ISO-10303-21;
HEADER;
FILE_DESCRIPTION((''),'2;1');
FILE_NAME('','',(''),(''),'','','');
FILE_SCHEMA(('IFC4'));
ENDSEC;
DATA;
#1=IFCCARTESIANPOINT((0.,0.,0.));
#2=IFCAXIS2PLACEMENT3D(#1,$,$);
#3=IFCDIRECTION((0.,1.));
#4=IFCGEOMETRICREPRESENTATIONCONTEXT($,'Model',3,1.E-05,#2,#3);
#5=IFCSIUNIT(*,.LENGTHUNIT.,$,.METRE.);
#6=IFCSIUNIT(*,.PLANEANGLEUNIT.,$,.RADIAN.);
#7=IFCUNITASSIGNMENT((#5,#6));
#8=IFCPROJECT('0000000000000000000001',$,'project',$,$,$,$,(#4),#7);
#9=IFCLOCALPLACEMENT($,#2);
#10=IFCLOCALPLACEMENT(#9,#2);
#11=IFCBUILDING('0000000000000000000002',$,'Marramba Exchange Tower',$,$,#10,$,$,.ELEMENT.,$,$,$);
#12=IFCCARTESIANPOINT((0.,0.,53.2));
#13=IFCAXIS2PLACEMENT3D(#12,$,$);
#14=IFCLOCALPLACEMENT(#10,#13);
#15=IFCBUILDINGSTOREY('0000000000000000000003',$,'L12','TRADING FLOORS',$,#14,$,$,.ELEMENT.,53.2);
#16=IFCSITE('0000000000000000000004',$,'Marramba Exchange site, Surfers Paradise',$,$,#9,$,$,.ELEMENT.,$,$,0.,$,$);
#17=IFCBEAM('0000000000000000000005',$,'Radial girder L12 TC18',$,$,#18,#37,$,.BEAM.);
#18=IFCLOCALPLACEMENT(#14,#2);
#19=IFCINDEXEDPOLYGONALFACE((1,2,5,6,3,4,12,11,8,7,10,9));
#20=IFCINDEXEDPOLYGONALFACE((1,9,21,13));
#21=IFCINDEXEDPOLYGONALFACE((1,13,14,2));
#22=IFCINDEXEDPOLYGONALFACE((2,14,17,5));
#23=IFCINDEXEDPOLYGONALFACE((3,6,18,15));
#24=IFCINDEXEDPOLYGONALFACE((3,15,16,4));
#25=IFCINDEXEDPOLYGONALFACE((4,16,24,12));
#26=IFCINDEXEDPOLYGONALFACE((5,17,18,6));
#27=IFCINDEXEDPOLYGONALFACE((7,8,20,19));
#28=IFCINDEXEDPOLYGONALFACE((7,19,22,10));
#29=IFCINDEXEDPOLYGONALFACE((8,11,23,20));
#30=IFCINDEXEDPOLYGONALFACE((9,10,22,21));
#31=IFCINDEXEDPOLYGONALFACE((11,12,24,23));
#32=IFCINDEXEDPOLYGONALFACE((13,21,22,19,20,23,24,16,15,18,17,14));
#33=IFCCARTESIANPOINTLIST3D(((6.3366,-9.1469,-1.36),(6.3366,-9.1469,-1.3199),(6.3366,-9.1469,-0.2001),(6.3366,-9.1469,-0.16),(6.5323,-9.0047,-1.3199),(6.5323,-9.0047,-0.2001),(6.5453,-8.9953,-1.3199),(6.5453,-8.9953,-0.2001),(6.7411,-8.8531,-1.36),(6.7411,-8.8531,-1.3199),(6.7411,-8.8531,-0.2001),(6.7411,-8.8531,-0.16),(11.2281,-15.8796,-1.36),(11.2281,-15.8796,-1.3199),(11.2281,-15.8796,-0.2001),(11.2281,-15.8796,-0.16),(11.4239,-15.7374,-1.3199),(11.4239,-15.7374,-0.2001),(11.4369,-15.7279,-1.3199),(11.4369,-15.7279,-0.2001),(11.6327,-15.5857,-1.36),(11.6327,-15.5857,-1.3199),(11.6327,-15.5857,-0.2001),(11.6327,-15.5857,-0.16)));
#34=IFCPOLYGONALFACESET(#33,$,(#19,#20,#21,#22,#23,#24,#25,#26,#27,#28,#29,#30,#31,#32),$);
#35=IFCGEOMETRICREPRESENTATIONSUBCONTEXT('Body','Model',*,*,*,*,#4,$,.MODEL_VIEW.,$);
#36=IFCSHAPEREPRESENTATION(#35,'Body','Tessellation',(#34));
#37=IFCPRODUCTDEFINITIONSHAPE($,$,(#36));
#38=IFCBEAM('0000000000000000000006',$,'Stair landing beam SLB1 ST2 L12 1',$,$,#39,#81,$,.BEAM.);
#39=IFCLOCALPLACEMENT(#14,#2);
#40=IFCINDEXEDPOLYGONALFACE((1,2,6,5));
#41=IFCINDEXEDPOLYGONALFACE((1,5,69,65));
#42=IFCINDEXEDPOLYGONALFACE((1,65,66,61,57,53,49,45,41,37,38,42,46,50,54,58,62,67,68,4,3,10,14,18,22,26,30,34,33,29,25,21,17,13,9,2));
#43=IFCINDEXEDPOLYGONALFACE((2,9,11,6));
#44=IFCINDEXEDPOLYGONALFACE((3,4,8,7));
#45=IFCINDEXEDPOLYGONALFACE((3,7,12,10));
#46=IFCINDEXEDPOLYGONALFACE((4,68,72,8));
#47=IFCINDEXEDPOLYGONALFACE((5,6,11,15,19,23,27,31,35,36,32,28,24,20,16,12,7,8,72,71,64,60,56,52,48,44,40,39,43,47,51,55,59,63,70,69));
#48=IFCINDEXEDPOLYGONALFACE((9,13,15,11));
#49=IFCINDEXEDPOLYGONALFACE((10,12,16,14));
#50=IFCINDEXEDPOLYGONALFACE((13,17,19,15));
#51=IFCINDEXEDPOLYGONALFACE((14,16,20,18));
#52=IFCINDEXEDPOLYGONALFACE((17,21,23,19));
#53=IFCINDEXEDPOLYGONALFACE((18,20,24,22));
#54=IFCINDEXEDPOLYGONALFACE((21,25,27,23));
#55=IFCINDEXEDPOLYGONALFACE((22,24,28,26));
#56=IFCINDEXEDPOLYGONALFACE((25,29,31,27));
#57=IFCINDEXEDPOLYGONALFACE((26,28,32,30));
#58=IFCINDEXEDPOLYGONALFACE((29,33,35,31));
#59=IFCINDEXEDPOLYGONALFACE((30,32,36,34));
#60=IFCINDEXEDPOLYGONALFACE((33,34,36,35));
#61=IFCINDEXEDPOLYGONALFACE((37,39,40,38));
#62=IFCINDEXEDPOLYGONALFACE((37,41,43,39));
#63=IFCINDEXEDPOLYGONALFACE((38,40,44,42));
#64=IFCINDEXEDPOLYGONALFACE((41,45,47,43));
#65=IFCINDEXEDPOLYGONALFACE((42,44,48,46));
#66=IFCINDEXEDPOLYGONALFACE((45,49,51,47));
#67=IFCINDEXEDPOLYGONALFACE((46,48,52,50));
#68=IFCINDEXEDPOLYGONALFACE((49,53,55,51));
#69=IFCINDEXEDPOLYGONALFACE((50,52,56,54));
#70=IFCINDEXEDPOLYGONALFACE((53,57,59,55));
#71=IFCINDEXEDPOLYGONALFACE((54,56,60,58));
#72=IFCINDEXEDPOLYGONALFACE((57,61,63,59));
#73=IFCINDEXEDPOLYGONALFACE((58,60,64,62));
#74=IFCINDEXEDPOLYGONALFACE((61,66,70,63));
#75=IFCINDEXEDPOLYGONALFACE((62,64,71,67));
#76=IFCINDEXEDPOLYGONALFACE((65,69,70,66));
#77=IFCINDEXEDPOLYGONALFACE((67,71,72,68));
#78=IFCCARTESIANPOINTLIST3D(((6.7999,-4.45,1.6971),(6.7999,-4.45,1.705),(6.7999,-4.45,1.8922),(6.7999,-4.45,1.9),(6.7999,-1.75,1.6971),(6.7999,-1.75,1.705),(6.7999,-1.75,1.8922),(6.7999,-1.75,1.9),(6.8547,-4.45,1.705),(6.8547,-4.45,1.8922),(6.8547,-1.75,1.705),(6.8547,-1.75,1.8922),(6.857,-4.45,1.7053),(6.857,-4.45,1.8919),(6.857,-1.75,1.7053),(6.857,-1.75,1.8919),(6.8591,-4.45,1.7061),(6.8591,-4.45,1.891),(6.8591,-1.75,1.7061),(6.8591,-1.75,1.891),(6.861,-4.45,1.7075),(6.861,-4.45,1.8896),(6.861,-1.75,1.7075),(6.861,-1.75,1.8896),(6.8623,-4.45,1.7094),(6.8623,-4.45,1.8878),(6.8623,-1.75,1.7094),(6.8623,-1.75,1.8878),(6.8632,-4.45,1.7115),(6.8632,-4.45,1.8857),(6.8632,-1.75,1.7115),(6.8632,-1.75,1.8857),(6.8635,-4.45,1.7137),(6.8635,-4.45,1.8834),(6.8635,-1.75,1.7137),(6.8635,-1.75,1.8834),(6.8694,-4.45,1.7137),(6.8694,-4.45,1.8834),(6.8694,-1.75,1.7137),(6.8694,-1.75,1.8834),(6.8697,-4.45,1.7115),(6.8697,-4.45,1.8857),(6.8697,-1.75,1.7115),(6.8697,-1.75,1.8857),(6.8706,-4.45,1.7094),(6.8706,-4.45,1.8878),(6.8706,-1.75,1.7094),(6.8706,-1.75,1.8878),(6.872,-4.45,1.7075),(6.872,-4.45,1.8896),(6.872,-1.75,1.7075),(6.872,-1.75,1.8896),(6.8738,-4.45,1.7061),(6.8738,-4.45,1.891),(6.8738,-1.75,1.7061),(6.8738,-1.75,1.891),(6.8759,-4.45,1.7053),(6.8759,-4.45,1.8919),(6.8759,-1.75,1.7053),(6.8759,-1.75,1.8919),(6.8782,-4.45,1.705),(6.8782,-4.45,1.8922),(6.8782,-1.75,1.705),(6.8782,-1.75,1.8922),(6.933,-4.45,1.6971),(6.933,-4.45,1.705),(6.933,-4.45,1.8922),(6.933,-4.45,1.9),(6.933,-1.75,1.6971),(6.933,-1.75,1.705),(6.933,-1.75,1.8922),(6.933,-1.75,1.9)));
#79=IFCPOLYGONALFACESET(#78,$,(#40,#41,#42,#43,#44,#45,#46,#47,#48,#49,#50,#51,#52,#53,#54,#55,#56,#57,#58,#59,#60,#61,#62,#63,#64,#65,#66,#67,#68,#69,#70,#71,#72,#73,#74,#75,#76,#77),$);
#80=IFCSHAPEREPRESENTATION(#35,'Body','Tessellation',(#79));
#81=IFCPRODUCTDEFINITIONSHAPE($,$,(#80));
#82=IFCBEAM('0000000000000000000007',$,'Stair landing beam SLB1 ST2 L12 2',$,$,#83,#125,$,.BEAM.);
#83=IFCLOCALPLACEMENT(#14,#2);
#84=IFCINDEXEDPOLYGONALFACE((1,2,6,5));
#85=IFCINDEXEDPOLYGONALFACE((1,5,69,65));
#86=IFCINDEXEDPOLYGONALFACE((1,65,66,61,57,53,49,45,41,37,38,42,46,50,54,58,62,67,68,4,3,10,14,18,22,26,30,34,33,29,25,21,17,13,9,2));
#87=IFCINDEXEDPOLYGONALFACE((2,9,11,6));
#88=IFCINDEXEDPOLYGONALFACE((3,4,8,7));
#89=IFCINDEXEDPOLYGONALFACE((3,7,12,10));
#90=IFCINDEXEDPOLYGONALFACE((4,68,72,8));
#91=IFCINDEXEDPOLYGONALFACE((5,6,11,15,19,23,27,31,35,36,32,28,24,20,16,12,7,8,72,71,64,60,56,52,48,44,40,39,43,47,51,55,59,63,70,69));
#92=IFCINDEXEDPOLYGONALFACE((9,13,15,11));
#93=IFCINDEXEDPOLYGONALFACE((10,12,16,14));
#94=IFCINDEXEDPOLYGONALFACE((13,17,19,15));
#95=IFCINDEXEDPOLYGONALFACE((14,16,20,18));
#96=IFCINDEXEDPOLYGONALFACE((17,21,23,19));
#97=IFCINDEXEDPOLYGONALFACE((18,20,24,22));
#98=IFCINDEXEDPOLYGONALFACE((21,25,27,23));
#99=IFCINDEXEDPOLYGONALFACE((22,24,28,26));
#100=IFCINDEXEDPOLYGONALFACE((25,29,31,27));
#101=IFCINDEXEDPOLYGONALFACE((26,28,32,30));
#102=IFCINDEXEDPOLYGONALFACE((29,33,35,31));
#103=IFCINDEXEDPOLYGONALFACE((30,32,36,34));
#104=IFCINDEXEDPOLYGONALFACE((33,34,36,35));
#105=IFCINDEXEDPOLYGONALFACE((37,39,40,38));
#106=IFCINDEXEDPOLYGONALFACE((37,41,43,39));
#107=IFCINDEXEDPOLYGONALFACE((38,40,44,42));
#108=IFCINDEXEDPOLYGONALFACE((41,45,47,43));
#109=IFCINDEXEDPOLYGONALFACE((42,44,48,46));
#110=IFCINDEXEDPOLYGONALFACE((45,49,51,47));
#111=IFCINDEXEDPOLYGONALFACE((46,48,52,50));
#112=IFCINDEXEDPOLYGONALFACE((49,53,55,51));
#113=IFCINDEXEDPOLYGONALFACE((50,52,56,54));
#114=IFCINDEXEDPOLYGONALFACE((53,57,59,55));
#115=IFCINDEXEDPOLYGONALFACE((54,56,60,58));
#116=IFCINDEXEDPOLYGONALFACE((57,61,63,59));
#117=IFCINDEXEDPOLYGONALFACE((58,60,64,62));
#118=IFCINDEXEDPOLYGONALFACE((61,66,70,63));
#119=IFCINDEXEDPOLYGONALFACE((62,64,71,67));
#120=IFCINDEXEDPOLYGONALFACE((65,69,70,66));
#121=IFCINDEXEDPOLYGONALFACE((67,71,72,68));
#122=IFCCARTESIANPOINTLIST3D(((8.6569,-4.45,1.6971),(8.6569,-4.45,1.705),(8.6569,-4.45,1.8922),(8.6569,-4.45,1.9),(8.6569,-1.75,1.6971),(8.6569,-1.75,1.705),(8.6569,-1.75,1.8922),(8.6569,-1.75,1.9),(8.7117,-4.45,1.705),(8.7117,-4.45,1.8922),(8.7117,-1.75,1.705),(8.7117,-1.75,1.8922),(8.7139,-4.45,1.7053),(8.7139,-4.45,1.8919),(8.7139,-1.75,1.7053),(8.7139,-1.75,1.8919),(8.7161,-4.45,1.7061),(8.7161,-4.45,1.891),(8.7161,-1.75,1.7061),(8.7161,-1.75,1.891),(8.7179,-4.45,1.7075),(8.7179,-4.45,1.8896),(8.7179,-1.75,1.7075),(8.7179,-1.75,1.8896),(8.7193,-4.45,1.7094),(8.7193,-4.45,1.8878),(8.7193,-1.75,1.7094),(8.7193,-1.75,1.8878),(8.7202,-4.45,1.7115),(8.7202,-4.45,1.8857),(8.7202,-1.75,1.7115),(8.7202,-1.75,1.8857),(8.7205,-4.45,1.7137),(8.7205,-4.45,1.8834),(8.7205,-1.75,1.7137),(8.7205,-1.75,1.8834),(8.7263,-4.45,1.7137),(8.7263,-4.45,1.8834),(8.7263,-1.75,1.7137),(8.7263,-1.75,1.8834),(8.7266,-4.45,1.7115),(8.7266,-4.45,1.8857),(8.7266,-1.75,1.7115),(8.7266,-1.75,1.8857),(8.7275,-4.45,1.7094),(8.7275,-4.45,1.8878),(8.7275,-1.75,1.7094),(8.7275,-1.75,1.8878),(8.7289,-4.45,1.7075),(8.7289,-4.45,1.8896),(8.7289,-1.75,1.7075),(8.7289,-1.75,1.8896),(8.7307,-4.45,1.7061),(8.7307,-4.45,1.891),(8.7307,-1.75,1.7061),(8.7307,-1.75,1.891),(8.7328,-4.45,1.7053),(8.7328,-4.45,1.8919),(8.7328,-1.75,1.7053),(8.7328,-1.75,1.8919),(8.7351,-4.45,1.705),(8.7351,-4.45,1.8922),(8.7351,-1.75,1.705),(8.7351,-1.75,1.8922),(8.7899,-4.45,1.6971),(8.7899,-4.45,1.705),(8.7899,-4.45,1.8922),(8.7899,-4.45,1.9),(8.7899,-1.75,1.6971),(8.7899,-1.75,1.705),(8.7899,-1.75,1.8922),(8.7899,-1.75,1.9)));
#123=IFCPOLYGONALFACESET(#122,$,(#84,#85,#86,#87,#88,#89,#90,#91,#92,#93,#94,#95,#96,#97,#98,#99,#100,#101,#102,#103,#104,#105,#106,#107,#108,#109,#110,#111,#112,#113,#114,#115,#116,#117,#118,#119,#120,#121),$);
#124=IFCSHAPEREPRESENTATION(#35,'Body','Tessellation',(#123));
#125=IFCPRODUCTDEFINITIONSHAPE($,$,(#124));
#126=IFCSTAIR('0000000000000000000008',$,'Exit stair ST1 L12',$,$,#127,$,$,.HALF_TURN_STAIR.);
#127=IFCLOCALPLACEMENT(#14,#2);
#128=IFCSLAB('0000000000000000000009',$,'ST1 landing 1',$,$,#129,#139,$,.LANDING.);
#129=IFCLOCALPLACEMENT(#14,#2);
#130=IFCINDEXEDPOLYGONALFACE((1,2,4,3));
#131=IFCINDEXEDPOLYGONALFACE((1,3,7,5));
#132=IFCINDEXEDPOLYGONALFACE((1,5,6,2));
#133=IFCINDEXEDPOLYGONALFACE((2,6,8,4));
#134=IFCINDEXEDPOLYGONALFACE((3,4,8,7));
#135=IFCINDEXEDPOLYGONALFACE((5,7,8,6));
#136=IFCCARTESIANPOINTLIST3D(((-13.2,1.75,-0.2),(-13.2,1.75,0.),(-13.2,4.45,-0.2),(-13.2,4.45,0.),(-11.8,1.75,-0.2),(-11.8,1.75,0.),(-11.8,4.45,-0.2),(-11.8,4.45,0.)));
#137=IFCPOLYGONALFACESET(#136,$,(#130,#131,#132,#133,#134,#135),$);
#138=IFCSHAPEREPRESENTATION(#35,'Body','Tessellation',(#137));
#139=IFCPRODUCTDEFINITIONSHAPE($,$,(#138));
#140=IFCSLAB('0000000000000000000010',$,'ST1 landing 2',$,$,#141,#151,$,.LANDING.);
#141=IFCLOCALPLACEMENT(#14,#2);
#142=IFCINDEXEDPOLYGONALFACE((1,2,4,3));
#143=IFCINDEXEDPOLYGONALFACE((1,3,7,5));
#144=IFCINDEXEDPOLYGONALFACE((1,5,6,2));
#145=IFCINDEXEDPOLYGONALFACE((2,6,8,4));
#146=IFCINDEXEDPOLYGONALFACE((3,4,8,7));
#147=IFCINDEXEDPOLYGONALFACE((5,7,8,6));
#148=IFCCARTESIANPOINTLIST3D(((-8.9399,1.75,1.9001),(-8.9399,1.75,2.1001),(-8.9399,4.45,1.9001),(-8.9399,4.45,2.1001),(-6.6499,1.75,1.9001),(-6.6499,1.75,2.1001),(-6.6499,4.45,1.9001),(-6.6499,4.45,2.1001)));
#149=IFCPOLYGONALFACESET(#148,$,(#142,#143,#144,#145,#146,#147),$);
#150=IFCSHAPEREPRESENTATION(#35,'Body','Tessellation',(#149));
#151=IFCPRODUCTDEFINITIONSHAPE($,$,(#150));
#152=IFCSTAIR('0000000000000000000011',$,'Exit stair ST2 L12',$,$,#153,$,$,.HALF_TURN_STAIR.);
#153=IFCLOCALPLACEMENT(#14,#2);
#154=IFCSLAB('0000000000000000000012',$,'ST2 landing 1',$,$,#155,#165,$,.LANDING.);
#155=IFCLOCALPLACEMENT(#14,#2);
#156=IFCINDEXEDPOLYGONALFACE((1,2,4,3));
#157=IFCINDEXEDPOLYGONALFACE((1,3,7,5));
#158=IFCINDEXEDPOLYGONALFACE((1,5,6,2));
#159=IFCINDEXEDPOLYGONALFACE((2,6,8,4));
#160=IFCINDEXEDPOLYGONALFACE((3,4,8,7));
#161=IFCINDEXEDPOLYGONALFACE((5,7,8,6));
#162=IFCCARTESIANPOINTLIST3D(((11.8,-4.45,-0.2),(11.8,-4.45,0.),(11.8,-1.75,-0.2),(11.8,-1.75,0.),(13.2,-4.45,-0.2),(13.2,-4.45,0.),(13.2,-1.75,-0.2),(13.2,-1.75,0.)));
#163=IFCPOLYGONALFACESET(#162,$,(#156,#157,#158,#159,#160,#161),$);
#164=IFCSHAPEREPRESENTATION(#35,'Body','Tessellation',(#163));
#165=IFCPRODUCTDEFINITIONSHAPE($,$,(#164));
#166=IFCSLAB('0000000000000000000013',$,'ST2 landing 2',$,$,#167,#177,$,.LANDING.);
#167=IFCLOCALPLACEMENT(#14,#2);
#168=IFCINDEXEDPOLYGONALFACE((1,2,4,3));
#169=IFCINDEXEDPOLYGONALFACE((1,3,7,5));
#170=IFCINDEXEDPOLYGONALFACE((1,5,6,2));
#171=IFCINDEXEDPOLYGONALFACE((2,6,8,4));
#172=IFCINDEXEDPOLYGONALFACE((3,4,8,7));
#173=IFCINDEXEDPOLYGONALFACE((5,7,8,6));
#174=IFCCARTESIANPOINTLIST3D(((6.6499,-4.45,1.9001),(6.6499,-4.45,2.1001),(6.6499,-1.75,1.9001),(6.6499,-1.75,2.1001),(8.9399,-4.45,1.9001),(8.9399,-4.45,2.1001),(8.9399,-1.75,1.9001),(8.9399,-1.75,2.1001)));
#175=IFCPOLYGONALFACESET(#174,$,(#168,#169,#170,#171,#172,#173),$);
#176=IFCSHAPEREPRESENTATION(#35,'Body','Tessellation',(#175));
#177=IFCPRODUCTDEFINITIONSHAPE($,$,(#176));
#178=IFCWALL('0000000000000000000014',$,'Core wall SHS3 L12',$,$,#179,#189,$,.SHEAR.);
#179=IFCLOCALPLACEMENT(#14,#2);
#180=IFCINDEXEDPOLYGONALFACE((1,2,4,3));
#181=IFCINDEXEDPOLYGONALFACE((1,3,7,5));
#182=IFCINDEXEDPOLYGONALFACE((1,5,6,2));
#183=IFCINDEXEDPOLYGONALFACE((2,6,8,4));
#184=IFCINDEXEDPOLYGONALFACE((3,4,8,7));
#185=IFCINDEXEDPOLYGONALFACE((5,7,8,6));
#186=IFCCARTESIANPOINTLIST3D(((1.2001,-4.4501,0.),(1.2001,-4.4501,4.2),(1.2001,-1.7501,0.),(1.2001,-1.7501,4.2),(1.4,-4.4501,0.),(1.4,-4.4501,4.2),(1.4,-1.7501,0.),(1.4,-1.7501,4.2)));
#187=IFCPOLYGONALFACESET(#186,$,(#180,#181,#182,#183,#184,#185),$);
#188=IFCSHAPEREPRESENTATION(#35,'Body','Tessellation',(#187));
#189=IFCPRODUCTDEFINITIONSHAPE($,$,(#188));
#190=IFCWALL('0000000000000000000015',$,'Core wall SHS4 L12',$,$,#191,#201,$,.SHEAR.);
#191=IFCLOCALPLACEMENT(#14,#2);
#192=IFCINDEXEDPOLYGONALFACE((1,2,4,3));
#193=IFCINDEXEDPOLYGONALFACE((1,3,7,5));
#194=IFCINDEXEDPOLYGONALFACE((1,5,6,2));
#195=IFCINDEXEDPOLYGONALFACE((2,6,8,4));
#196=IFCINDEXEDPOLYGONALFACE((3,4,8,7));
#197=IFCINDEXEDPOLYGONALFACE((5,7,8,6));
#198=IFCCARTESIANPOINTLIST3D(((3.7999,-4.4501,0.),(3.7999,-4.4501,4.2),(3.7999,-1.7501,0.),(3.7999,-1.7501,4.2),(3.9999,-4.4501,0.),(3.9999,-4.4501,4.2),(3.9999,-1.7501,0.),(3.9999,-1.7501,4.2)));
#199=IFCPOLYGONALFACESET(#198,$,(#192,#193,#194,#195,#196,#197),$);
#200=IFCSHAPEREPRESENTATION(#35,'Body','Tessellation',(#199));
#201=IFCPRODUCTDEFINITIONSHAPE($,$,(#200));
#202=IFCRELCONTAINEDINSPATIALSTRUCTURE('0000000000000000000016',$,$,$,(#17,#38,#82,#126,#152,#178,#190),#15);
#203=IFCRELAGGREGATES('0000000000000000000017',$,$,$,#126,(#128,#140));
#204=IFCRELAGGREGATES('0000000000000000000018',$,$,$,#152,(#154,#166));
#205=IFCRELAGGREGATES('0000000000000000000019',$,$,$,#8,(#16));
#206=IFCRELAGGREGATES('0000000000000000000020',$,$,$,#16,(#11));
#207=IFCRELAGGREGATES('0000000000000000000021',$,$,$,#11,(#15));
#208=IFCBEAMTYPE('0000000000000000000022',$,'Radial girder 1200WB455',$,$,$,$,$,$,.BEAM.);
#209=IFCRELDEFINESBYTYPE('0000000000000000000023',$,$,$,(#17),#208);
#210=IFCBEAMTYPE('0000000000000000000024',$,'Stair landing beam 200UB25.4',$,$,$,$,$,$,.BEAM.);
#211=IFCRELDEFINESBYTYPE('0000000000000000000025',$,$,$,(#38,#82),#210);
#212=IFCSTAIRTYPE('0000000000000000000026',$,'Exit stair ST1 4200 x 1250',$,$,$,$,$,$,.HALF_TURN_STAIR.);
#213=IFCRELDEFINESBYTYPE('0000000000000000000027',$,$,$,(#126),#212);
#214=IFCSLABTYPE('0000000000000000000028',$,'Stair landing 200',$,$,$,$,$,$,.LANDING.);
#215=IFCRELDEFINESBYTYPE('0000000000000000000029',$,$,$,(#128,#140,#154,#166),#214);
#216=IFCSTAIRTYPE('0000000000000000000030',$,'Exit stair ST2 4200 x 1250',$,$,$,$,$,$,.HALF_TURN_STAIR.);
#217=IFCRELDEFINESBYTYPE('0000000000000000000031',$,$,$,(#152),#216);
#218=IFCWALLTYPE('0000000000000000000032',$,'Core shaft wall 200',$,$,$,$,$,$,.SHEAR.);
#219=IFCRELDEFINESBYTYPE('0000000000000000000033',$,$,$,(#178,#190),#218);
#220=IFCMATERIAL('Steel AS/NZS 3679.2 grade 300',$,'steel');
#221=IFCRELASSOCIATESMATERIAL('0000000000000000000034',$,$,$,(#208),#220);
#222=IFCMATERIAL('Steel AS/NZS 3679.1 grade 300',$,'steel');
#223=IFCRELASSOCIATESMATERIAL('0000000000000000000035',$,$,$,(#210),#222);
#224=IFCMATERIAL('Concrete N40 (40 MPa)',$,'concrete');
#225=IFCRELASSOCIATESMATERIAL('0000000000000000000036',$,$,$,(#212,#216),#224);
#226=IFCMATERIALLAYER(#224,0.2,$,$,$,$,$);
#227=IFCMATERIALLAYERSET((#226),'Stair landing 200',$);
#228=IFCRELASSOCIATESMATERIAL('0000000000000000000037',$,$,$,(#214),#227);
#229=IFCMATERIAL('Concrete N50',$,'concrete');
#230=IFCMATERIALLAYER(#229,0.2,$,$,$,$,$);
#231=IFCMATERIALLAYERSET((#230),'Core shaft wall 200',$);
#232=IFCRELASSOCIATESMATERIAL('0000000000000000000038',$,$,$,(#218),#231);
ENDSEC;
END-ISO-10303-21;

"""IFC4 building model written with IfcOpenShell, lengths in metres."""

from ifc_helpers import new_model, si_unit, direction, frame, frame_2d, origin, origin_2d, place, context, subcontext, project, spatial, polyline, rectangle, i_section, outline, extrude, material, layer, layer_set, material_profile, profile_set, type_object, element, aggregate, save


model = new_model("IFC4")

# Units and contexts
model_context = context("Model", 3, precision=1e-05, world=origin(), true_north=direction((0.0, 1.0)))
body_context = subcontext(model_context, "Body", "Model", "MODEL_VIEW")
ifc_project = project(units=[si_unit("LENGTHUNIT", "METRE"), si_unit("PLANEANGLEUNIT", "RADIAN")], contexts=[model_context])

# Site, building, storey
site_placement = place(None, origin())
site = spatial("IfcSite", under=ifc_project, at=site_placement, Name="Marramba Exchange site, Surfers Paradise", CompositionType="ELEMENT", RefElevation=0.0)
building_placement = place(site_placement, origin())
building = spatial("IfcBuilding", under=site, at=building_placement, Name="Marramba Exchange Tower", CompositionType="ELEMENT")
storey_placement = place(building_placement, frame((0.0, 0.0, 53.2)))
storey = spatial("IfcBuildingStorey", under=building, at=storey_placement, Name="L12", Description="TRADING FLOORS", CompositionType="ELEMENT", Elevation=53.2)

# Beams
ifc_material_1 = material(Name="Steel AS/NZS 3679.2 grade 300", Category="steel")
ifc_material_profile_1 = material_profile(ifc_material_1, i_section(OverallWidth=0.5, OverallDepth=1.2, WebThickness=0.0161, FlangeThickness=0.04, at=origin_2d()), Name="1200WB455")
ifc_profile_set_1 = profile_set([ifc_material_profile_1], Name="Steel AS/NZS 3679.2 grade 300")
beam_type_1 = type_object("IfcBeamType", Name="Radial girder 1200WB455", PredefinedType="BEAM", material=ifc_profile_set_1)
beam_placement = place(storey_placement, frame((6.5388, -9.0, -0.76), z_axis=(0.587788, -0.809015, 0.0), x_axis=(0.809015, 0.587788, 0.0)))
element("IfcBeam", 1, at=beam_placement, inside=storey, type_object=beam_type_1, Name="Radial girder L12 TC18", PredefinedType="BEAM", context=body_context, shape_type="SweptSolid", body=[
    extrude(i_section(OverallWidth=0.5, OverallDepth=1.2, WebThickness=0.0161, FlangeThickness=0.04, at=origin_2d()), origin(), (0.0, 0.0, 1.0), 8.322),
])
ifc_material_2 = material(Name="Steel AS/NZS 3679.1 grade 300", Category="steel")
ifc_material_profile_2 = material_profile(ifc_material_2, i_section(OverallWidth=0.1331, OverallDepth=0.2029, WebThickness=0.0059, FlangeThickness=0.0078, FilletRadius=0.0088, at=origin_2d()), Name="200UB25.4")
ifc_profile_set_2 = profile_set([ifc_material_profile_2], Name="Steel AS/NZS 3679.1 grade 300")
beam_type_2 = type_object("IfcBeamType", Name="Stair landing beam 200UB25.4", PredefinedType="BEAM", material=ifc_profile_set_2)
for number, where, z_axis, x_axis, name in (
    (2, (6.8665, -4.45, 1.7986), (0.0, 1.0, 0.0), (-1.0, 0.0, 0.0), "Stair landing beam SLB1 ST2 L12 1"),
    (3, (8.7234, -4.45, 1.7986), (0.0, 1.0, 0.0), (-1.0, 0.0, 0.0), "Stair landing beam SLB1 ST2 L12 2"),
):
    element("IfcBeam", number, at=place(storey_placement, frame(where, z_axis=z_axis, x_axis=x_axis)), inside=storey, type_object=beam_type_2, Name=name, PredefinedType="BEAM", context=body_context, shape_type="SweptSolid", body=[
        extrude(i_section(OverallWidth=0.1331, OverallDepth=0.2029, WebThickness=0.0059, FlangeThickness=0.0078, FilletRadius=0.0088, at=origin_2d()), origin(), (0.0, 0.0, 1.0), 2.7),
    ])

# Stairs, slabs
ifc_material_3 = material(Name="Concrete N40 (40 MPa)", Category="concrete")
stair_type_1 = type_object("IfcStairType", Name="Exit stair ST1 4200 x 1250", PredefinedType="HALF_TURN_STAIR", material=ifc_material_3)
stair_1_placement = place(storey_placement, origin())
stair_1 = element("IfcStair", 4, at=stair_1_placement, inside=storey, type_object=stair_type_1, Name="Exit stair ST1 L12", PredefinedType="HALF_TURN_STAIR")
ifc_layer_1 = layer(ifc_material_3, 0.2)
ifc_layer_set_1 = layer_set([ifc_layer_1], Name="Stair landing 200")
slab_type = type_object("IfcSlabType", Name="Stair landing 200", PredefinedType="LANDING", material=ifc_layer_set_1)
slab_1_placement = place(storey_placement, frame((0.0, 0.0, -0.2)))
slab_1 = element("IfcSlab", 5, at=slab_1_placement, type_object=slab_type, Name="ST1 landing 1", PredefinedType="LANDING", context=body_context, shape_type="SweptSolid", body=[
    extrude(outline(polyline([(-13.2, 1.75), (-11.8, 1.75), (-11.8, 4.45), (-13.2, 4.45), (-13.2, 1.75)])), origin(), (0.0, 0.0, 1.0), 0.2),
])
slab_2_placement = place(storey_placement, frame((0.0, 0.0, 1.9001)))
slab_2 = element("IfcSlab", 6, at=slab_2_placement, type_object=slab_type, Name="ST1 landing 2", PredefinedType="LANDING", context=body_context, shape_type="SweptSolid", body=[
    extrude(outline(polyline([(-8.9399, 1.75), (-6.6499, 1.75), (-6.6499, 4.45), (-8.9399, 4.45), (-8.9399, 1.75)])), origin(), (0.0, 0.0, 1.0), 0.2),
])
aggregate(stair_1, [slab_1, slab_2])
stair_type_2 = type_object("IfcStairType", Name="Exit stair ST2 4200 x 1250", PredefinedType="HALF_TURN_STAIR", material=ifc_material_3)
stair_2_placement = place(storey_placement, origin())
stair_2 = element("IfcStair", 7, at=stair_2_placement, inside=storey, type_object=stair_type_2, Name="Exit stair ST2 L12", PredefinedType="HALF_TURN_STAIR")
slab_3_placement = place(storey_placement, frame((0.0, 0.0, -0.2)))
slab_3 = element("IfcSlab", 8, at=slab_3_placement, type_object=slab_type, Name="ST2 landing 1", PredefinedType="LANDING", context=body_context, shape_type="SweptSolid", body=[
    extrude(outline(polyline([(11.8, -4.45), (13.2, -4.45), (13.2, -1.75), (11.8, -1.75), (11.8, -4.45)])), origin(), (0.0, 0.0, 1.0), 0.2),
])
slab_4_placement = place(storey_placement, frame((0.0, 0.0, 1.9001)))
slab_4 = element("IfcSlab", 9, at=slab_4_placement, type_object=slab_type, Name="ST2 landing 2", PredefinedType="LANDING", context=body_context, shape_type="SweptSolid", body=[
    extrude(outline(polyline([(6.6499, -4.45), (8.9399, -4.45), (8.9399, -1.75), (6.6499, -1.75), (6.6499, -4.45)])), origin(), (0.0, 0.0, 1.0), 0.2),
])

# Walls
ifc_material_4 = material(Name="Concrete N50", Category="concrete")
ifc_layer_2 = layer(ifc_material_4, 0.2)
ifc_layer_set_2 = layer_set([ifc_layer_2], Name="Core shaft wall 200")
wall_type_1 = type_object("IfcWallType", Name="Core shaft wall 200", PredefinedType="SHEAR", material=ifc_layer_set_2)
for number, where, z_axis, x_axis, name in (
    (10, (1.3, -1.75, 0.0), (0.0, 0.0, 1.0), (0.0, -1.0, 0.0), "Core wall SHS3 L12"),
    (11, (3.8999, -1.75, 0.0), (0.0, 0.0, 1.0), (0.0, -1.0, 0.0), "Core wall SHS4 L12"),
):
    element("IfcWall", number, at=place(storey_placement, frame(where, z_axis=z_axis, x_axis=x_axis)), inside=storey, type_object=wall_type_1, Name=name, PredefinedType="SHEAR", context=body_context, shape_type="SweptSolid", body=[
        extrude(rectangle(XDim=2.7, YDim=0.2, at=frame_2d((1.3501, 0.0))), origin(), (0.0, 0.0, 1.0), 4.2),
    ])

aggregate(stair_2, [slab_3, slab_4])

save(model, "model.ifc")
